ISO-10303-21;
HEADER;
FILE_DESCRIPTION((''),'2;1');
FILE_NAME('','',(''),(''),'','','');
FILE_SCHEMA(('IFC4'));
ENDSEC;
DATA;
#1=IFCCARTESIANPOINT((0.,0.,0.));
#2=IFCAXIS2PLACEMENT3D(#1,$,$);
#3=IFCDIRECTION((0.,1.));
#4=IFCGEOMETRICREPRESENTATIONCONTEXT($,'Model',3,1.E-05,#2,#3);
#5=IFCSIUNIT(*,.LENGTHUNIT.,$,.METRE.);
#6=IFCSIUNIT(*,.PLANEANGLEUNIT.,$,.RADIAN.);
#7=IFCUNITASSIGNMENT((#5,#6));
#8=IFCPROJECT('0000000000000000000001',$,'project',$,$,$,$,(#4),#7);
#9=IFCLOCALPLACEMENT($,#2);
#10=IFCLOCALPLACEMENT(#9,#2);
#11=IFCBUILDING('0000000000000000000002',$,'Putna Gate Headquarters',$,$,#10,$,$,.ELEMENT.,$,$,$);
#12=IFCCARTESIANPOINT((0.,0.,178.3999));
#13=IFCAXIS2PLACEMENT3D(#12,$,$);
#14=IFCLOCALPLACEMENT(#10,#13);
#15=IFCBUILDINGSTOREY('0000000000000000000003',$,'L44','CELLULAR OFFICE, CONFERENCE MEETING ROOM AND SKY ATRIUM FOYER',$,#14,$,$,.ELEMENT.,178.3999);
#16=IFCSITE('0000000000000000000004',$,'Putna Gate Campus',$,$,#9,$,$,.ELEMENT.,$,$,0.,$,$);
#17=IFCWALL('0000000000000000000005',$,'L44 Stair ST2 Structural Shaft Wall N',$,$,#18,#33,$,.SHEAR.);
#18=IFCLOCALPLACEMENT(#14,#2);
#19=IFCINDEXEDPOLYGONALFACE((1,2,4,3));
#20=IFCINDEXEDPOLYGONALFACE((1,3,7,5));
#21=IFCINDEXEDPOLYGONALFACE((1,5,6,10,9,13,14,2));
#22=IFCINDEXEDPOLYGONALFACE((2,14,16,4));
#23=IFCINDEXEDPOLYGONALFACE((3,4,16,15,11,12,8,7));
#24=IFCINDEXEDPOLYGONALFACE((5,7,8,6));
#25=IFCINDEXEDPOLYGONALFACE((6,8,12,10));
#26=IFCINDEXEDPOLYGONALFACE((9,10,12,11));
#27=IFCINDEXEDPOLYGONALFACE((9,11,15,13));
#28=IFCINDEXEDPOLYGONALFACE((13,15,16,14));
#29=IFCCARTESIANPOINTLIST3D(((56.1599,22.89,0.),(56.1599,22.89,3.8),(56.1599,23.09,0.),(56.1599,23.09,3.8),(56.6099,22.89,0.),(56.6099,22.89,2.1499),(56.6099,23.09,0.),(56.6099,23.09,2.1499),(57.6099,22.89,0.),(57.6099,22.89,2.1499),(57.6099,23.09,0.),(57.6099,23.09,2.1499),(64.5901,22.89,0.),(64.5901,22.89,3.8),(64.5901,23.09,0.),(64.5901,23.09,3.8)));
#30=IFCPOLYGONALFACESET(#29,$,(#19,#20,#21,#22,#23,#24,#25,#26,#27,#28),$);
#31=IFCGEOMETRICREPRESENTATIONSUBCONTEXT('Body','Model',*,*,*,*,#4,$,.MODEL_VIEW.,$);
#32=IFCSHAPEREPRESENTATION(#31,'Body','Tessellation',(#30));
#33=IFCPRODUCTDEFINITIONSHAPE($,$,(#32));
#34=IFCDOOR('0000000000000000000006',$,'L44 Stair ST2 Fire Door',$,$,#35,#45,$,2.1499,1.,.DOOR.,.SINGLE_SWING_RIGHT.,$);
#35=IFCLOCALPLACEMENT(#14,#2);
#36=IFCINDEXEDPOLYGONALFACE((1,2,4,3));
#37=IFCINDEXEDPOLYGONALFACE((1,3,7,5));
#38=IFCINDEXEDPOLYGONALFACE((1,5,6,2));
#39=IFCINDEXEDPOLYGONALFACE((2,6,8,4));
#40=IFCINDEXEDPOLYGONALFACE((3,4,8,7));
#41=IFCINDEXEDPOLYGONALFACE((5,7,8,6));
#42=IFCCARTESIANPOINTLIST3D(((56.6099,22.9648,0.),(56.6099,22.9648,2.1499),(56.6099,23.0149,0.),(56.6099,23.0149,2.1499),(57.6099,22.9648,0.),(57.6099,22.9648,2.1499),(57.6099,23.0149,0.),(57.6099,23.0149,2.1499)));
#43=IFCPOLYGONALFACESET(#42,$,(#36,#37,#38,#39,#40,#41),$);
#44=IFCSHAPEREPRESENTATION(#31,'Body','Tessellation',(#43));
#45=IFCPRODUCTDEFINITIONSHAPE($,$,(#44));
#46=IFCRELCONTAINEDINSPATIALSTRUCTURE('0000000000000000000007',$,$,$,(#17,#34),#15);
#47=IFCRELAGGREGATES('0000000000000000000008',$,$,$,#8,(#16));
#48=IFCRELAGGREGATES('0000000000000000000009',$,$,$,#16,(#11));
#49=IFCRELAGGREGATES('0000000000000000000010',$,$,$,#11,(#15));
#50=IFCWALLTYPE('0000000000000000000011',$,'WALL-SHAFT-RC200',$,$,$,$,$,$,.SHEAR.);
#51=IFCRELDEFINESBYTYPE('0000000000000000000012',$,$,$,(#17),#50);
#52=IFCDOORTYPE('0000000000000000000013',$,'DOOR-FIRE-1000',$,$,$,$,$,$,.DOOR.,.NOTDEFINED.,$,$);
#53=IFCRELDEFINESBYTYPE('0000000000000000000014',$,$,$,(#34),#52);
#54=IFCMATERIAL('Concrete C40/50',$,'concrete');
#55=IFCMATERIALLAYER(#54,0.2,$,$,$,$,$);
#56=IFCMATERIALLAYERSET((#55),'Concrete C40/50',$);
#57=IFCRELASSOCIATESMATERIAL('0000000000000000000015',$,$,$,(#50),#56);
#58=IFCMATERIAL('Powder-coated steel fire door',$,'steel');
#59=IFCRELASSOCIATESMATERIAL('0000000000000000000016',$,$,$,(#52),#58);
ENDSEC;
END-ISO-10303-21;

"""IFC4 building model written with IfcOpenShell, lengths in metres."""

from ifc_helpers import new_model, si_unit, direction, frame, frame_2d, origin, place, context, subcontext, project, spatial, rectangle, extrude, material, layer, layer_set, type_object, element, fill, save


model = new_model("IFC4")

# Units and contexts
model_context = context("Model", 3, precision=1e-05, world=origin(), true_north=direction((0.0, 1.0)))
body_context = subcontext(model_context, "Body", "Model", "MODEL_VIEW")
ifc_project = project(units=[si_unit("LENGTHUNIT", "METRE"), si_unit("PLANEANGLEUNIT", "RADIAN")], contexts=[model_context])

# Site, building, storey
site_placement = place(None, origin())
site = spatial("IfcSite", under=ifc_project, at=site_placement, Name="Putna Gate Campus", CompositionType="ELEMENT", RefElevation=0.0)
building_placement = place(site_placement, origin())
building = spatial("IfcBuilding", under=site, at=building_placement, Name="Putna Gate Headquarters", CompositionType="ELEMENT")
storey_placement = place(building_placement, frame((0.0, 0.0, 178.3999)))
storey = spatial("IfcBuildingStorey", under=building, at=storey_placement, Name="L44", Description="CELLULAR OFFICE, CONFERENCE MEETING ROOM AND SKY ATRIUM FOYER", CompositionType="ELEMENT", Elevation=178.3999)

# Wall, opening, door
ifc_material_1 = material(Name="Concrete C40/50", Category="concrete")
ifc_layer_1 = layer(ifc_material_1, 0.2)
ifc_layer_set_1 = layer_set([ifc_layer_1], Name="Concrete C40/50")
wall_type_1 = type_object("IfcWallType", Name="WALL-SHAFT-RC200", PredefinedType="SHEAR", material=ifc_layer_set_1)
wall_1_placement = place(storey_placement, frame((56.1599, 22.99, 0.0), z_axis=(0.0, 0.0, 1.0), x_axis=(1.0, 0.0, 0.0)))
wall_1 = element("IfcWall", 1, at=wall_1_placement, inside=storey, type_object=wall_type_1, Name="L44 Stair ST2 Structural Shaft Wall N", PredefinedType="SHEAR", context=body_context, shape_type="SweptSolid", body=[
    extrude(rectangle(XDim=8.4302, YDim=0.2, at=frame_2d((4.2151, 0.0))), origin(), (0.0, 0.0, 1.0), 3.8),
])
opening_1_placement = place(wall_1_placement, frame((0.45, 0.0, 0.0)))
opening_1 = element("IfcOpeningElement", 2, at=opening_1_placement, cuts=wall_1, PredefinedType="OPENING", context=body_context, shape_type="SweptSolid", body=[
    extrude(rectangle(XDim=1.0, YDim=2.1499, at=frame_2d((0.5, 1.075))), frame((0.0, 0.1099, 0.0), z_axis=(0.0, -1.0, 0.0), x_axis=(1.0, 0.0, 0.0)), (0.0, 0.0, 1.0), 0.22),
])
ifc_material_2 = material(Name="Powder-coated steel fire door", Category="steel")
door_type_1 = type_object("IfcDoorType", Name="DOOR-FIRE-1000", OperationType="NOTDEFINED", PredefinedType="DOOR", material=ifc_material_2)
door_1_placement = place(opening_1_placement, origin())
door_1 = element("IfcDoor", 3, at=door_1_placement, inside=storey, type_object=door_type_1, Name="L44 Stair ST2 Fire Door", OperationType="SINGLE_SWING_RIGHT", OverallHeight=2.1499, OverallWidth=1.0, PredefinedType="DOOR", context=body_context, shape_type="SweptSolid", body=[
    extrude(rectangle(XDim=1.0, YDim=2.1499, at=frame_2d((0.5, 1.075))), frame((0.0, 0.0249, 0.0), z_axis=(0.0, -1.0, 0.0), x_axis=(1.0, 0.0, 0.0)), (0.0, 0.0, 1.0), 0.05),
])
fill(opening_1, door_1)

save(model, "model.ifc")
